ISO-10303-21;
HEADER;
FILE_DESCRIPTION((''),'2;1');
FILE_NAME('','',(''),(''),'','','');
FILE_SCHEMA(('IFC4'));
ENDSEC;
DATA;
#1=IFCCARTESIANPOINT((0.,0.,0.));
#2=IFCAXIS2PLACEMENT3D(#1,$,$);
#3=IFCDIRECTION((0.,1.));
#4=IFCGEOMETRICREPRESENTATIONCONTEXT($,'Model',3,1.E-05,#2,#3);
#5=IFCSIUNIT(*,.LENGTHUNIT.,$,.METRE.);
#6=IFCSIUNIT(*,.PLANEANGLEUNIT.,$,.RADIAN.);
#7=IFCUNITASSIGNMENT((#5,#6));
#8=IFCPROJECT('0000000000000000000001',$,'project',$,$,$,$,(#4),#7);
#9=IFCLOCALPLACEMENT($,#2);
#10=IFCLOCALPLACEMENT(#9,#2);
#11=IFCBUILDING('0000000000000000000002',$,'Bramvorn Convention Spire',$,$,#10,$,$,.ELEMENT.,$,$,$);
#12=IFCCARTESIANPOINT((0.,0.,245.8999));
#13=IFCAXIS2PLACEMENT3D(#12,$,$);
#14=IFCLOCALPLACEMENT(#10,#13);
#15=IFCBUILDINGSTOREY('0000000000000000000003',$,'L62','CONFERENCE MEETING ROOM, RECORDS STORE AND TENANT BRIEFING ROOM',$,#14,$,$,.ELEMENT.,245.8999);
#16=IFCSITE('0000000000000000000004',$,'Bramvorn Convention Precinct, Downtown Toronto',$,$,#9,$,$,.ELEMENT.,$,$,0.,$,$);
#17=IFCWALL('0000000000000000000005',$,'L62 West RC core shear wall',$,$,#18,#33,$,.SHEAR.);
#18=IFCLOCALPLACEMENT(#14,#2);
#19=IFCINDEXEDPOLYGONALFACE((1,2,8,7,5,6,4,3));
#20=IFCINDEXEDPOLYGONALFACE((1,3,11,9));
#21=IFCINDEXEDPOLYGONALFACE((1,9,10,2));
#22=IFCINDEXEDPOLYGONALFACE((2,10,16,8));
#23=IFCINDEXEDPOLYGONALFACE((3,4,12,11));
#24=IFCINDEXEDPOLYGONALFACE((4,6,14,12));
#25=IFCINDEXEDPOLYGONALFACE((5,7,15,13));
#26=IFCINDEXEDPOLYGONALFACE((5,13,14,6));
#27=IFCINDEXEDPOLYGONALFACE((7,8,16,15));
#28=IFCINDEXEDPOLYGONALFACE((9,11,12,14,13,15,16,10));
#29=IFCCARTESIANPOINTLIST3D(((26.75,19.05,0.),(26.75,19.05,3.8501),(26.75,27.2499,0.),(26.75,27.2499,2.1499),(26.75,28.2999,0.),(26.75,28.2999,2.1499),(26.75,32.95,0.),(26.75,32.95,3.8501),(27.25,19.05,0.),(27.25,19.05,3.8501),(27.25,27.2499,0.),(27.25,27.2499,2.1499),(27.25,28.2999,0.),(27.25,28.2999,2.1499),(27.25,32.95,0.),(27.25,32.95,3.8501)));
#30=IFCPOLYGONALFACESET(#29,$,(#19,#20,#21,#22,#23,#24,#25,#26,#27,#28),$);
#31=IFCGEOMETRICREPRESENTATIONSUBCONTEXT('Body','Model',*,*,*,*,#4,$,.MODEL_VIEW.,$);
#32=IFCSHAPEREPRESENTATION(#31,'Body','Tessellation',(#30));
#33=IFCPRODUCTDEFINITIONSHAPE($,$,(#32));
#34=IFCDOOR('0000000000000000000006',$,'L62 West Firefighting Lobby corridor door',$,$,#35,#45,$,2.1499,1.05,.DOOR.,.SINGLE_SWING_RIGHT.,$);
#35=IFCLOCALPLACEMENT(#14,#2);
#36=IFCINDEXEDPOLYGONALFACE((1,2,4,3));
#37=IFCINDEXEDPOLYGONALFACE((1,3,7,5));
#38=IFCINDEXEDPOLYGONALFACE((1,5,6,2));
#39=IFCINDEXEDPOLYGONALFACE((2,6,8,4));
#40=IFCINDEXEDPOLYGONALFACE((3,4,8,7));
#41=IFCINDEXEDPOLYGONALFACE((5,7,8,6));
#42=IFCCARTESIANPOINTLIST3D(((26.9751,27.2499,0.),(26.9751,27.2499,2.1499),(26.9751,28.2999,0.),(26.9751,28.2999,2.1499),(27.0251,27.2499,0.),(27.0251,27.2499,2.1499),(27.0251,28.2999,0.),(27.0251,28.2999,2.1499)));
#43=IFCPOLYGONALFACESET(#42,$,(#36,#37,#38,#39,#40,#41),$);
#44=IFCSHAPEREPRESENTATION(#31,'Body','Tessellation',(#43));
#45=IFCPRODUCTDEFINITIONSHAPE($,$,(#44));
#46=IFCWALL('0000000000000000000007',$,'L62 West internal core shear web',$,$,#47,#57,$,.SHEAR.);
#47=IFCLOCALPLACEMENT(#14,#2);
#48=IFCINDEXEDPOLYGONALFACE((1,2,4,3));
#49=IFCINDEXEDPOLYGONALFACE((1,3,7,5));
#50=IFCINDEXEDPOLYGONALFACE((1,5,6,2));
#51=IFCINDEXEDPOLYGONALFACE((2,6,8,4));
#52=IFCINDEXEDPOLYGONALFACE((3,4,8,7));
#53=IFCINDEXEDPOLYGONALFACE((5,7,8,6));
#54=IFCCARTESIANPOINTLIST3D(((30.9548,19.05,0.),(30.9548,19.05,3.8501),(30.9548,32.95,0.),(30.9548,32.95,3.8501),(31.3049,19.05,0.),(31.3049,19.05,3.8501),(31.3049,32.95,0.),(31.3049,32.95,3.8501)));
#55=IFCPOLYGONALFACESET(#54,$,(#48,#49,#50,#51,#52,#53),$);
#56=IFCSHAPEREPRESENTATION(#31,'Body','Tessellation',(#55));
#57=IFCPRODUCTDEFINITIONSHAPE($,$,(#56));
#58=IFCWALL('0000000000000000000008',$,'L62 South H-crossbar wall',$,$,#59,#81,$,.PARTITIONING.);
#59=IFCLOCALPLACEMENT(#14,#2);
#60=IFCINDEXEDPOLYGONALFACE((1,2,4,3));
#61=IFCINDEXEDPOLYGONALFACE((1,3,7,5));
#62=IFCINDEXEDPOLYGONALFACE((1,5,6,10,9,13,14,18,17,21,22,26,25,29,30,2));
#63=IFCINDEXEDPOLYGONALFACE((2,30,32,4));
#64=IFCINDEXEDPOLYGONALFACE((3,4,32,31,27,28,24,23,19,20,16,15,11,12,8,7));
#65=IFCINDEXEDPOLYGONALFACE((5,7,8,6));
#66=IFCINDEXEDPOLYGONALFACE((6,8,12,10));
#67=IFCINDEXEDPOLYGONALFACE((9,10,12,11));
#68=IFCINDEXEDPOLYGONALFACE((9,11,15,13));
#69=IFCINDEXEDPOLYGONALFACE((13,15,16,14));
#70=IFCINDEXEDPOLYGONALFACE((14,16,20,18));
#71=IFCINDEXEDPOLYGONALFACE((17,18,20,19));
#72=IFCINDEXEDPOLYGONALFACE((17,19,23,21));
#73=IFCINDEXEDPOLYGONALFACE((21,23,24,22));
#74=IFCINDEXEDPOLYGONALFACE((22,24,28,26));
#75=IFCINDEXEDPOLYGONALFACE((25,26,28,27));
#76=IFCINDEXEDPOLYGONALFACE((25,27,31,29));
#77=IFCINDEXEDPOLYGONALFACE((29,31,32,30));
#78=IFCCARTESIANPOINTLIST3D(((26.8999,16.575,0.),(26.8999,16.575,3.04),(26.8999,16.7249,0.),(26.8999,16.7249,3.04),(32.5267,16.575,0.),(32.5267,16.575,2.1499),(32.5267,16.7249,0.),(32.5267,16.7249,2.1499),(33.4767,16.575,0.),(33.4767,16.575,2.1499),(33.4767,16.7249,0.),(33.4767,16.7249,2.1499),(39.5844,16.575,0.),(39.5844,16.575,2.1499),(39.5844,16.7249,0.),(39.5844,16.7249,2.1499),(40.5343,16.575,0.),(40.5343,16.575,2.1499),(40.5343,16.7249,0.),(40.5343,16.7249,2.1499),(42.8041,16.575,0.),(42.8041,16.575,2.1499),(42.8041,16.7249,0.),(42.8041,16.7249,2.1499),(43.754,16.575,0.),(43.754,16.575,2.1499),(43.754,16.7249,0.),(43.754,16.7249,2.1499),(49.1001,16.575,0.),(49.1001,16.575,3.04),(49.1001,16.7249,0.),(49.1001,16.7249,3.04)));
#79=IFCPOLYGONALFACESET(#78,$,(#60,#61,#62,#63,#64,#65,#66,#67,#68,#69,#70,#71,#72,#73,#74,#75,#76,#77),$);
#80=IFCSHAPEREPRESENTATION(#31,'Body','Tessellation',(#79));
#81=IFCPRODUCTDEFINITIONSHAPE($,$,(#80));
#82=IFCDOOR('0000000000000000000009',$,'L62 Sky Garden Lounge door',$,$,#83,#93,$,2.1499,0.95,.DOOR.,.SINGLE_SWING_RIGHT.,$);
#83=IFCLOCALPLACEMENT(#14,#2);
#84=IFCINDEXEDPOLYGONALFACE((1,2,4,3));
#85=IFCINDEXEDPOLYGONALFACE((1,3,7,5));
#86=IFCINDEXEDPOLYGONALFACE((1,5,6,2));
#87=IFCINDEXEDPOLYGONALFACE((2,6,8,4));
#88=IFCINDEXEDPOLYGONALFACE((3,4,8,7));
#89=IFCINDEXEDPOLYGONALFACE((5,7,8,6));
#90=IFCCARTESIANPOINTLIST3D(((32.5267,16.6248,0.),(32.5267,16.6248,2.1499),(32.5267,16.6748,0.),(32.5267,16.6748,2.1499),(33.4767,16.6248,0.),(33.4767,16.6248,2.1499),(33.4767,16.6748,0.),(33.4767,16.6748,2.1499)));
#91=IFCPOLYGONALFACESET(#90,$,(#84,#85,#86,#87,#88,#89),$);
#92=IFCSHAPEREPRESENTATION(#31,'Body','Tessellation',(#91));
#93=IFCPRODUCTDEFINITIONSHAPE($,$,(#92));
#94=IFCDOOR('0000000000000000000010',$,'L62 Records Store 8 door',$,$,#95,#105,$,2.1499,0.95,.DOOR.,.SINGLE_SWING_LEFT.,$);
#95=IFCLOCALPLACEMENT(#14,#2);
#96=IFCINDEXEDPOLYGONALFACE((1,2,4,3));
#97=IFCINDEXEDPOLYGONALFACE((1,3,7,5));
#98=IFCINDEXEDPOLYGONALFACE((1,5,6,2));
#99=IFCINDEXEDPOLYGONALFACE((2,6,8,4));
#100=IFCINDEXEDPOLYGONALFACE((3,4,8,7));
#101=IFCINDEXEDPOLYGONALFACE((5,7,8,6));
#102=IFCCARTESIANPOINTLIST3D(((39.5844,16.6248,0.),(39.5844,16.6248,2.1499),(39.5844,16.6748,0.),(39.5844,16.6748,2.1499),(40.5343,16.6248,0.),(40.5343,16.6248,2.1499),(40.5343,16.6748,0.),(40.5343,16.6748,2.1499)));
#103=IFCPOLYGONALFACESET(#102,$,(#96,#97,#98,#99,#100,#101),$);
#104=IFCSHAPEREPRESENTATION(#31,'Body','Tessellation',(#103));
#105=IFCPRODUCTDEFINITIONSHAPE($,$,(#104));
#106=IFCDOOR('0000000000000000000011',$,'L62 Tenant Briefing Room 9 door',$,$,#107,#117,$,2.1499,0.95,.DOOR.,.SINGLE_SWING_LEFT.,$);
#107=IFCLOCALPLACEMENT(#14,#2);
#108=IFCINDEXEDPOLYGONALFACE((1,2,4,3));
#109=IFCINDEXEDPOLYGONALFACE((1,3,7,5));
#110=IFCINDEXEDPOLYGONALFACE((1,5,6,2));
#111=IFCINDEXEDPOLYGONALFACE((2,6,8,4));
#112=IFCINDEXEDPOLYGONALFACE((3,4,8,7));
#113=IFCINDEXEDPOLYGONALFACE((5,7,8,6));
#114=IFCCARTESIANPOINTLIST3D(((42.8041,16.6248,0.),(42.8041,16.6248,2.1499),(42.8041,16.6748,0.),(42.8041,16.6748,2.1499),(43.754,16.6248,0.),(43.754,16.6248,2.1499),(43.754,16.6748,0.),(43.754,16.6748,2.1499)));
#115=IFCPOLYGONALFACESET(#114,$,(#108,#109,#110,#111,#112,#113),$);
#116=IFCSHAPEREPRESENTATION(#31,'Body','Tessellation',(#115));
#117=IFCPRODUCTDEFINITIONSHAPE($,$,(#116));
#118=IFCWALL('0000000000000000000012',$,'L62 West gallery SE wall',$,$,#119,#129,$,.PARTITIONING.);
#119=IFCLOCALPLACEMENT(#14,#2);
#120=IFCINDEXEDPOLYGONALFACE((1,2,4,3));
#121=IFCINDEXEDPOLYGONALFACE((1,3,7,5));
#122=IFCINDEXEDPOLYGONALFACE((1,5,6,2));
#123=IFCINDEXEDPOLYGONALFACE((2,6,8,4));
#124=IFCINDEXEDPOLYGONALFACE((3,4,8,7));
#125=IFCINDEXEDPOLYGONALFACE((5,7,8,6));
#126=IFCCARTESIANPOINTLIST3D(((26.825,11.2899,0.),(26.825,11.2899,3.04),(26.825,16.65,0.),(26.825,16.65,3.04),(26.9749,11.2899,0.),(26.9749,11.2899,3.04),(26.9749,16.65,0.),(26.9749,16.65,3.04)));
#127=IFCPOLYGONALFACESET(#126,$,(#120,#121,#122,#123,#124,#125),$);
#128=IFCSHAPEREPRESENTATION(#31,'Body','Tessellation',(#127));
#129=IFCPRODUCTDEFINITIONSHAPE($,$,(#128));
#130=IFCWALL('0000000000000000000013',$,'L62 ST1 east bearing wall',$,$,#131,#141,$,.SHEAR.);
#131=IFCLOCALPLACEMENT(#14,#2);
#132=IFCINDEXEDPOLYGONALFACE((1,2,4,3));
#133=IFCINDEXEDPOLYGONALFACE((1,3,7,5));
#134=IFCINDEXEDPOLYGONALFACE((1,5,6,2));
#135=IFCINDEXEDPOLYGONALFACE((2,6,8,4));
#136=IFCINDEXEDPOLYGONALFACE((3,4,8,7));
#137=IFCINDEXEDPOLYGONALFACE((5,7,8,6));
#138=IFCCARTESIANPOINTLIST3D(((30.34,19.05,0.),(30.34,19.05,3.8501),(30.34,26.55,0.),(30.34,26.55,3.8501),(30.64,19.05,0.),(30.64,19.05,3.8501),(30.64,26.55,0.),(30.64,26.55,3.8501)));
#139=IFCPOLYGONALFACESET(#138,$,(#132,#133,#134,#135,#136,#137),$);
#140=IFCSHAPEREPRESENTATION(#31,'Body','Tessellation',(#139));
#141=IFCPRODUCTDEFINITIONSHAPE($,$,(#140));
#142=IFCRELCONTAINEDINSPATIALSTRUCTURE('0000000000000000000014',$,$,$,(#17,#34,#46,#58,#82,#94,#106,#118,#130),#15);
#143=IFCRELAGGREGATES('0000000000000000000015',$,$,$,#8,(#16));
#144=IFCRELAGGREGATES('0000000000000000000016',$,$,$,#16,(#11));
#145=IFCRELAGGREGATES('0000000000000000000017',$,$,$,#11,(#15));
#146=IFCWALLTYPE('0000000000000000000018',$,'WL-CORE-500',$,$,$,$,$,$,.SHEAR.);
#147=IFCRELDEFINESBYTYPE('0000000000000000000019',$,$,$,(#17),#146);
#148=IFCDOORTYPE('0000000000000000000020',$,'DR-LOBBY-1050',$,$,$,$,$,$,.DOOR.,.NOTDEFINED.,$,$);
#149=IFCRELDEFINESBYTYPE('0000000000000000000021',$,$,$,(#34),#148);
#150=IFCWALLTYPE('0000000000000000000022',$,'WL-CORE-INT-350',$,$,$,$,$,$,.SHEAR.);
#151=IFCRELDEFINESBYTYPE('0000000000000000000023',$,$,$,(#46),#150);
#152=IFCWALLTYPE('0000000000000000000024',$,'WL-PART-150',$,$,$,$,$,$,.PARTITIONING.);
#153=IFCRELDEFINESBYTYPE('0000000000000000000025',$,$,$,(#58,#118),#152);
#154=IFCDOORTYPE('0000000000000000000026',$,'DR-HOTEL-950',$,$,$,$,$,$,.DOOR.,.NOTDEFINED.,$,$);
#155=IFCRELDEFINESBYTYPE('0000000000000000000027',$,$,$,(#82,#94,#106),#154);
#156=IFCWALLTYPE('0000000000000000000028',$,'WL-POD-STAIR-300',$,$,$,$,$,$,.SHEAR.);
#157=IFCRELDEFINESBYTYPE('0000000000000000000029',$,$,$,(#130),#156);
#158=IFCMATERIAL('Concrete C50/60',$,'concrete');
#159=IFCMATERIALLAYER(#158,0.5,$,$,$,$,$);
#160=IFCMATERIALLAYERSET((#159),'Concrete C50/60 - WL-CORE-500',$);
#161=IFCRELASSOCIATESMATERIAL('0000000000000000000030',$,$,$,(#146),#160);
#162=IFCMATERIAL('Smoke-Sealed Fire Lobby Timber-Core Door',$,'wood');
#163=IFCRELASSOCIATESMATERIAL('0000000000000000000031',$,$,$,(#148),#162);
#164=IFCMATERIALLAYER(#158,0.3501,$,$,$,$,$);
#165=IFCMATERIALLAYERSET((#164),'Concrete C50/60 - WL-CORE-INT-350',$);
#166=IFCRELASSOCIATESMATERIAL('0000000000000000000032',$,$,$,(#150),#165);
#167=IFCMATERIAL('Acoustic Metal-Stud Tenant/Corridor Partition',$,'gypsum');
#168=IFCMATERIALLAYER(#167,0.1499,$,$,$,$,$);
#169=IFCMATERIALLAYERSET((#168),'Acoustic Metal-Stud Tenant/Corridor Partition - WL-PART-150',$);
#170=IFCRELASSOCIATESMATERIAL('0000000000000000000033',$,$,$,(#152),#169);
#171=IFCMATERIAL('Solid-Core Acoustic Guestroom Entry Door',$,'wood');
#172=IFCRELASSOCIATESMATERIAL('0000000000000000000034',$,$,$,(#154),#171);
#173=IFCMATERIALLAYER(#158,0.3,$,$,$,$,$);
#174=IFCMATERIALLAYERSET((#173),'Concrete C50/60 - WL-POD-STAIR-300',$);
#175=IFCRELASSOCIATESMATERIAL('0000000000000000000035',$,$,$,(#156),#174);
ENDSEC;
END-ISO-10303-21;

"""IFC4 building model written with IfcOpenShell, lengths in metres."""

from ifc_helpers import new_model, si_unit, direction, frame, frame_2d, origin, place, context, subcontext, project, spatial, rectangle, extrude, material, layer, layer_set, type_object, element, fill, save


model = new_model("IFC4")

# Units and contexts
model_context = context("Model", 3, precision=1e-05, world=origin(), true_north=direction((0.0, 1.0)))
body_context = subcontext(model_context, "Body", "Model", "MODEL_VIEW")
ifc_project = project(units=[si_unit("LENGTHUNIT", "METRE"), si_unit("PLANEANGLEUNIT", "RADIAN")], contexts=[model_context])

# Site, building, storey
site_placement = place(None, origin())
site = spatial("IfcSite", under=ifc_project, at=site_placement, Name="Bramvorn Convention Precinct, Downtown Toronto", CompositionType="ELEMENT", RefElevation=0.0)
building_placement = place(site_placement, origin())
building = spatial("IfcBuilding", under=site, at=building_placement, Name="Bramvorn Convention Spire", CompositionType="ELEMENT")
storey_placement = place(building_placement, frame((0.0, 0.0, 245.8999)))
storey = spatial("IfcBuildingStorey", under=building, at=storey_placement, Name="L62", Description="CONFERENCE MEETING ROOM, RECORDS STORE AND TENANT BRIEFING ROOM", CompositionType="ELEMENT", Elevation=245.8999)

# Wall, opening, door
ifc_material_1 = material(Name="Concrete C50/60", Category="concrete")
ifc_layer_1 = layer(ifc_material_1, 0.5)
ifc_layer_set_1 = layer_set([ifc_layer_1], Name="Concrete C50/60 - WL-CORE-500")
wall_type_1 = type_object("IfcWallType", Name="WL-CORE-500", PredefinedType="SHEAR", material=ifc_layer_set_1)
ifc_material_2 = material(Name="Smoke-Sealed Fire Lobby Timber-Core Door", Category="wood")
door_type_1 = type_object("IfcDoorType", Name="DR-LOBBY-1050", OperationType="NOTDEFINED", PredefinedType="DOOR", material=ifc_material_2)
wall_1_placement = place(storey_placement, frame((27.0, 19.05, 0.0), z_axis=(0.0, 0.0, 1.0), x_axis=(0.0, 1.0, 0.0)))
wall_1 = element("IfcWall", 1, at=wall_1_placement, inside=storey, type_object=wall_type_1, Name="L62 West RC core shear wall", PredefinedType="SHEAR", context=body_context, shape_type="SweptSolid", body=[
    extrude(rectangle(XDim=13.8999, YDim=0.5, at=frame_2d((6.95, 0.0))), origin(), (0.0, 0.0, 1.0), 3.8501),
])
opening_1_placement = place(wall_1_placement, frame((8.2, 0.0, 0.0)))
opening_1 = element("IfcOpeningElement", 2, at=opening_1_placement, cuts=wall_1, PredefinedType="OPENING", context=body_context, shape_type="SweptSolid", body=[
    extrude(rectangle(XDim=1.05, YDim=2.1499, at=frame_2d((0.5249, 1.075))), frame((0.0, 0.26, 0.0), z_axis=(0.0, -1.0, 0.0), x_axis=(1.0, 0.0, 0.0)), (0.0, 0.0, 1.0), 0.52),
])
door_1_placement = place(opening_1_placement, origin())
door_1 = element("IfcDoor", 3, at=door_1_placement, inside=storey, type_object=door_type_1, Name="L62 West Firefighting Lobby corridor door", OperationType="SINGLE_SWING_RIGHT", OverallHeight=2.1499, OverallWidth=1.05, PredefinedType="DOOR", context=body_context, shape_type="SweptSolid", body=[
    extrude(rectangle(XDim=1.05, YDim=2.1499, at=frame_2d((0.5249, 1.075))), frame((0.0, 0.0249, 0.0), z_axis=(0.0, -1.0, 0.0), x_axis=(1.0, 0.0, 0.0)), (0.0, 0.0, 1.0), 0.05),
])
fill(opening_1, door_1)

# Wall
ifc_layer_2 = layer(ifc_material_1, 0.3501)
ifc_layer_set_2 = layer_set([ifc_layer_2], Name="Concrete C50/60 - WL-CORE-INT-350")
wall_type_2 = type_object("IfcWallType", Name="WL-CORE-INT-350", PredefinedType="SHEAR", material=ifc_layer_set_2)
wall_2_placement = place(storey_placement, frame((31.1299, 19.05, 0.0), z_axis=(0.0, 0.0, 1.0), x_axis=(0.0, 1.0, 0.0)))
element("IfcWall", 4, at=wall_2_placement, inside=storey, type_object=wall_type_2, Name="L62 West internal core shear web", PredefinedType="SHEAR", context=body_context, shape_type="SweptSolid", body=[
    extrude(rectangle(XDim=13.8999, YDim=0.3501, at=frame_2d((6.95, 0.0))), origin(), (0.0, 0.0, 1.0), 3.8501),
])

# Wall, openings, doors
ifc_material_3 = material(Name="Acoustic Metal-Stud Tenant/Corridor Partition", Category="gypsum")
ifc_layer_3 = layer(ifc_material_3, 0.1499)
ifc_layer_set_3 = layer_set([ifc_layer_3], Name="Acoustic Metal-Stud Tenant/Corridor Partition - WL-PART-150")
wall_type_3 = type_object("IfcWallType", Name="WL-PART-150", PredefinedType="PARTITIONING", material=ifc_layer_set_3)
wall_3_placement = place(storey_placement, frame((26.8999, 16.6499, 0.0), z_axis=(0.0, 0.0, 1.0), x_axis=(1.0, 0.0, 0.0)))
wall_3 = element("IfcWall", 5, at=wall_3_placement, inside=storey, type_object=wall_type_3, Name="L62 South H-crossbar wall", PredefinedType="PARTITIONING", context=body_context, shape_type="SweptSolid", body=[
    extrude(rectangle(XDim=22.2002, YDim=0.1499, at=frame_2d((11.1001, 0.0))), origin(), (0.0, 0.0, 1.0), 3.04),
])
opening_2_placement = place(wall_3_placement, frame((5.6267, 0.0, 0.0)))
opening_2 = element("IfcOpeningElement", 6, at=opening_2_placement, cuts=wall_3, PredefinedType="OPENING", context=body_context, shape_type="SweptSolid", body=[
    extrude(rectangle(XDim=0.95, YDim=2.1499, at=frame_2d((0.4751, 1.075))), frame((0.0, 0.085, 0.0), z_axis=(0.0, -1.0, 0.0), x_axis=(1.0, 0.0, 0.0)), (0.0, 0.0, 1.0), 0.1699),
])
opening_3_placement = place(wall_3_placement, frame((12.6843, 0.0, 0.0)))
opening_3 = element("IfcOpeningElement", 7, at=opening_3_placement, cuts=wall_3, PredefinedType="OPENING", context=body_context, shape_type="SweptSolid", body=[
    extrude(rectangle(XDim=0.95, YDim=2.1499, at=frame_2d((0.4751, 1.075))), frame((0.0, 0.085, 0.0), z_axis=(0.0, -1.0, 0.0), x_axis=(1.0, 0.0, 0.0)), (0.0, 0.0, 1.0), 0.1699),
])
opening_4_placement = place(wall_3_placement, frame((15.9041, 0.0, 0.0)))
opening_4 = element("IfcOpeningElement", 8, at=opening_4_placement, cuts=wall_3, PredefinedType="OPENING", context=body_context, shape_type="SweptSolid", body=[
    extrude(rectangle(XDim=0.95, YDim=2.1499, at=frame_2d((0.4751, 1.075))), frame((0.0, 0.085, 0.0), z_axis=(0.0, -1.0, 0.0), x_axis=(1.0, 0.0, 0.0)), (0.0, 0.0, 1.0), 0.1699),
])
ifc_material_4 = material(Name="Solid-Core Acoustic Guestroom Entry Door", Category="wood")
door_type_2 = type_object("IfcDoorType", Name="DR-HOTEL-950", OperationType="NOTDEFINED", PredefinedType="DOOR", material=ifc_material_4)
door_2_placement = place(opening_2_placement, origin())
door_2 = element("IfcDoor", 9, at=door_2_placement, inside=storey, type_object=door_type_2, Name="L62 Sky Garden Lounge door", OperationType="SINGLE_SWING_RIGHT", OverallHeight=2.1499, OverallWidth=0.95, PredefinedType="DOOR", context=body_context, shape_type="SweptSolid", body=[
    extrude(rectangle(XDim=0.95, YDim=2.1499, at=frame_2d((0.4751, 1.075))), frame((0.0, 0.0249, 0.0), z_axis=(0.0, -1.0, 0.0), x_axis=(1.0, 0.0, 0.0)), (0.0, 0.0, 1.0), 0.05),
])
fill(opening_2, door_2)
door_3_placement = place(opening_3_placement, origin())
door_3 = element("IfcDoor", 10, at=door_3_placement, inside=storey, type_object=door_type_2, Name="L62 Records Store 8 door", OperationType="SINGLE_SWING_LEFT", OverallHeight=2.1499, OverallWidth=0.95, PredefinedType="DOOR", context=body_context, shape_type="SweptSolid", body=[
    extrude(rectangle(XDim=0.95, YDim=2.1499, at=frame_2d((0.4751, 1.075))), frame((0.0, 0.0249, 0.0), z_axis=(0.0, -1.0, 0.0), x_axis=(1.0, 0.0, 0.0)), (0.0, 0.0, 1.0), 0.05),
])
fill(opening_3, door_3)
door_4_placement = place(opening_4_placement, origin())
door_4 = element("IfcDoor", 11, at=door_4_placement, inside=storey, type_object=door_type_2, Name="L62 Tenant Briefing Room 9 door", OperationType="SINGLE_SWING_LEFT", OverallHeight=2.1499, OverallWidth=0.95, PredefinedType="DOOR", context=body_context, shape_type="SweptSolid", body=[
    extrude(rectangle(XDim=0.95, YDim=2.1499, at=frame_2d((0.4751, 1.075))), frame((0.0, 0.0249, 0.0), z_axis=(0.0, -1.0, 0.0), x_axis=(1.0, 0.0, 0.0)), (0.0, 0.0, 1.0), 0.05),
])
fill(opening_4, door_4)

# Walls
wall_4_placement = place(storey_placement, frame((26.8999, 11.2898, 0.0), z_axis=(0.0, 0.0, 1.0), x_axis=(0.0, 1.0, 0.0)))
element("IfcWall", 12, at=wall_4_placement, inside=storey, type_object=wall_type_3, Name="L62 West gallery SE wall", PredefinedType="PARTITIONING", context=body_context, shape_type="SweptSolid", body=[
    extrude(rectangle(XDim=5.3601, YDim=0.1499, at=frame_2d((2.6802, 0.0))), origin(), (0.0, 0.0, 1.0), 3.04),
])
ifc_layer_4 = layer(ifc_material_1, 0.3)
ifc_layer_set_4 = layer_set([ifc_layer_4], Name="Concrete C50/60 - WL-POD-STAIR-300")
wall_type_4 = type_object("IfcWallType", Name="WL-POD-STAIR-300", PredefinedType="SHEAR", material=ifc_layer_set_4)
wall_5_placement = place(storey_placement, frame((30.49, 19.05, 0.0), z_axis=(0.0, 0.0, 1.0), x_axis=(0.0, 1.0, 0.0)))
element("IfcWall", 13, at=wall_5_placement, inside=storey, type_object=wall_type_4, Name="L62 ST1 east bearing wall", PredefinedType="SHEAR", context=body_context, shape_type="SweptSolid", body=[
    extrude(rectangle(XDim=7.5, YDim=0.3, at=frame_2d((3.75, 0.0))), origin(), (0.0, 0.0, 1.0), 3.8501),
])

save(model, "model.ifc")
